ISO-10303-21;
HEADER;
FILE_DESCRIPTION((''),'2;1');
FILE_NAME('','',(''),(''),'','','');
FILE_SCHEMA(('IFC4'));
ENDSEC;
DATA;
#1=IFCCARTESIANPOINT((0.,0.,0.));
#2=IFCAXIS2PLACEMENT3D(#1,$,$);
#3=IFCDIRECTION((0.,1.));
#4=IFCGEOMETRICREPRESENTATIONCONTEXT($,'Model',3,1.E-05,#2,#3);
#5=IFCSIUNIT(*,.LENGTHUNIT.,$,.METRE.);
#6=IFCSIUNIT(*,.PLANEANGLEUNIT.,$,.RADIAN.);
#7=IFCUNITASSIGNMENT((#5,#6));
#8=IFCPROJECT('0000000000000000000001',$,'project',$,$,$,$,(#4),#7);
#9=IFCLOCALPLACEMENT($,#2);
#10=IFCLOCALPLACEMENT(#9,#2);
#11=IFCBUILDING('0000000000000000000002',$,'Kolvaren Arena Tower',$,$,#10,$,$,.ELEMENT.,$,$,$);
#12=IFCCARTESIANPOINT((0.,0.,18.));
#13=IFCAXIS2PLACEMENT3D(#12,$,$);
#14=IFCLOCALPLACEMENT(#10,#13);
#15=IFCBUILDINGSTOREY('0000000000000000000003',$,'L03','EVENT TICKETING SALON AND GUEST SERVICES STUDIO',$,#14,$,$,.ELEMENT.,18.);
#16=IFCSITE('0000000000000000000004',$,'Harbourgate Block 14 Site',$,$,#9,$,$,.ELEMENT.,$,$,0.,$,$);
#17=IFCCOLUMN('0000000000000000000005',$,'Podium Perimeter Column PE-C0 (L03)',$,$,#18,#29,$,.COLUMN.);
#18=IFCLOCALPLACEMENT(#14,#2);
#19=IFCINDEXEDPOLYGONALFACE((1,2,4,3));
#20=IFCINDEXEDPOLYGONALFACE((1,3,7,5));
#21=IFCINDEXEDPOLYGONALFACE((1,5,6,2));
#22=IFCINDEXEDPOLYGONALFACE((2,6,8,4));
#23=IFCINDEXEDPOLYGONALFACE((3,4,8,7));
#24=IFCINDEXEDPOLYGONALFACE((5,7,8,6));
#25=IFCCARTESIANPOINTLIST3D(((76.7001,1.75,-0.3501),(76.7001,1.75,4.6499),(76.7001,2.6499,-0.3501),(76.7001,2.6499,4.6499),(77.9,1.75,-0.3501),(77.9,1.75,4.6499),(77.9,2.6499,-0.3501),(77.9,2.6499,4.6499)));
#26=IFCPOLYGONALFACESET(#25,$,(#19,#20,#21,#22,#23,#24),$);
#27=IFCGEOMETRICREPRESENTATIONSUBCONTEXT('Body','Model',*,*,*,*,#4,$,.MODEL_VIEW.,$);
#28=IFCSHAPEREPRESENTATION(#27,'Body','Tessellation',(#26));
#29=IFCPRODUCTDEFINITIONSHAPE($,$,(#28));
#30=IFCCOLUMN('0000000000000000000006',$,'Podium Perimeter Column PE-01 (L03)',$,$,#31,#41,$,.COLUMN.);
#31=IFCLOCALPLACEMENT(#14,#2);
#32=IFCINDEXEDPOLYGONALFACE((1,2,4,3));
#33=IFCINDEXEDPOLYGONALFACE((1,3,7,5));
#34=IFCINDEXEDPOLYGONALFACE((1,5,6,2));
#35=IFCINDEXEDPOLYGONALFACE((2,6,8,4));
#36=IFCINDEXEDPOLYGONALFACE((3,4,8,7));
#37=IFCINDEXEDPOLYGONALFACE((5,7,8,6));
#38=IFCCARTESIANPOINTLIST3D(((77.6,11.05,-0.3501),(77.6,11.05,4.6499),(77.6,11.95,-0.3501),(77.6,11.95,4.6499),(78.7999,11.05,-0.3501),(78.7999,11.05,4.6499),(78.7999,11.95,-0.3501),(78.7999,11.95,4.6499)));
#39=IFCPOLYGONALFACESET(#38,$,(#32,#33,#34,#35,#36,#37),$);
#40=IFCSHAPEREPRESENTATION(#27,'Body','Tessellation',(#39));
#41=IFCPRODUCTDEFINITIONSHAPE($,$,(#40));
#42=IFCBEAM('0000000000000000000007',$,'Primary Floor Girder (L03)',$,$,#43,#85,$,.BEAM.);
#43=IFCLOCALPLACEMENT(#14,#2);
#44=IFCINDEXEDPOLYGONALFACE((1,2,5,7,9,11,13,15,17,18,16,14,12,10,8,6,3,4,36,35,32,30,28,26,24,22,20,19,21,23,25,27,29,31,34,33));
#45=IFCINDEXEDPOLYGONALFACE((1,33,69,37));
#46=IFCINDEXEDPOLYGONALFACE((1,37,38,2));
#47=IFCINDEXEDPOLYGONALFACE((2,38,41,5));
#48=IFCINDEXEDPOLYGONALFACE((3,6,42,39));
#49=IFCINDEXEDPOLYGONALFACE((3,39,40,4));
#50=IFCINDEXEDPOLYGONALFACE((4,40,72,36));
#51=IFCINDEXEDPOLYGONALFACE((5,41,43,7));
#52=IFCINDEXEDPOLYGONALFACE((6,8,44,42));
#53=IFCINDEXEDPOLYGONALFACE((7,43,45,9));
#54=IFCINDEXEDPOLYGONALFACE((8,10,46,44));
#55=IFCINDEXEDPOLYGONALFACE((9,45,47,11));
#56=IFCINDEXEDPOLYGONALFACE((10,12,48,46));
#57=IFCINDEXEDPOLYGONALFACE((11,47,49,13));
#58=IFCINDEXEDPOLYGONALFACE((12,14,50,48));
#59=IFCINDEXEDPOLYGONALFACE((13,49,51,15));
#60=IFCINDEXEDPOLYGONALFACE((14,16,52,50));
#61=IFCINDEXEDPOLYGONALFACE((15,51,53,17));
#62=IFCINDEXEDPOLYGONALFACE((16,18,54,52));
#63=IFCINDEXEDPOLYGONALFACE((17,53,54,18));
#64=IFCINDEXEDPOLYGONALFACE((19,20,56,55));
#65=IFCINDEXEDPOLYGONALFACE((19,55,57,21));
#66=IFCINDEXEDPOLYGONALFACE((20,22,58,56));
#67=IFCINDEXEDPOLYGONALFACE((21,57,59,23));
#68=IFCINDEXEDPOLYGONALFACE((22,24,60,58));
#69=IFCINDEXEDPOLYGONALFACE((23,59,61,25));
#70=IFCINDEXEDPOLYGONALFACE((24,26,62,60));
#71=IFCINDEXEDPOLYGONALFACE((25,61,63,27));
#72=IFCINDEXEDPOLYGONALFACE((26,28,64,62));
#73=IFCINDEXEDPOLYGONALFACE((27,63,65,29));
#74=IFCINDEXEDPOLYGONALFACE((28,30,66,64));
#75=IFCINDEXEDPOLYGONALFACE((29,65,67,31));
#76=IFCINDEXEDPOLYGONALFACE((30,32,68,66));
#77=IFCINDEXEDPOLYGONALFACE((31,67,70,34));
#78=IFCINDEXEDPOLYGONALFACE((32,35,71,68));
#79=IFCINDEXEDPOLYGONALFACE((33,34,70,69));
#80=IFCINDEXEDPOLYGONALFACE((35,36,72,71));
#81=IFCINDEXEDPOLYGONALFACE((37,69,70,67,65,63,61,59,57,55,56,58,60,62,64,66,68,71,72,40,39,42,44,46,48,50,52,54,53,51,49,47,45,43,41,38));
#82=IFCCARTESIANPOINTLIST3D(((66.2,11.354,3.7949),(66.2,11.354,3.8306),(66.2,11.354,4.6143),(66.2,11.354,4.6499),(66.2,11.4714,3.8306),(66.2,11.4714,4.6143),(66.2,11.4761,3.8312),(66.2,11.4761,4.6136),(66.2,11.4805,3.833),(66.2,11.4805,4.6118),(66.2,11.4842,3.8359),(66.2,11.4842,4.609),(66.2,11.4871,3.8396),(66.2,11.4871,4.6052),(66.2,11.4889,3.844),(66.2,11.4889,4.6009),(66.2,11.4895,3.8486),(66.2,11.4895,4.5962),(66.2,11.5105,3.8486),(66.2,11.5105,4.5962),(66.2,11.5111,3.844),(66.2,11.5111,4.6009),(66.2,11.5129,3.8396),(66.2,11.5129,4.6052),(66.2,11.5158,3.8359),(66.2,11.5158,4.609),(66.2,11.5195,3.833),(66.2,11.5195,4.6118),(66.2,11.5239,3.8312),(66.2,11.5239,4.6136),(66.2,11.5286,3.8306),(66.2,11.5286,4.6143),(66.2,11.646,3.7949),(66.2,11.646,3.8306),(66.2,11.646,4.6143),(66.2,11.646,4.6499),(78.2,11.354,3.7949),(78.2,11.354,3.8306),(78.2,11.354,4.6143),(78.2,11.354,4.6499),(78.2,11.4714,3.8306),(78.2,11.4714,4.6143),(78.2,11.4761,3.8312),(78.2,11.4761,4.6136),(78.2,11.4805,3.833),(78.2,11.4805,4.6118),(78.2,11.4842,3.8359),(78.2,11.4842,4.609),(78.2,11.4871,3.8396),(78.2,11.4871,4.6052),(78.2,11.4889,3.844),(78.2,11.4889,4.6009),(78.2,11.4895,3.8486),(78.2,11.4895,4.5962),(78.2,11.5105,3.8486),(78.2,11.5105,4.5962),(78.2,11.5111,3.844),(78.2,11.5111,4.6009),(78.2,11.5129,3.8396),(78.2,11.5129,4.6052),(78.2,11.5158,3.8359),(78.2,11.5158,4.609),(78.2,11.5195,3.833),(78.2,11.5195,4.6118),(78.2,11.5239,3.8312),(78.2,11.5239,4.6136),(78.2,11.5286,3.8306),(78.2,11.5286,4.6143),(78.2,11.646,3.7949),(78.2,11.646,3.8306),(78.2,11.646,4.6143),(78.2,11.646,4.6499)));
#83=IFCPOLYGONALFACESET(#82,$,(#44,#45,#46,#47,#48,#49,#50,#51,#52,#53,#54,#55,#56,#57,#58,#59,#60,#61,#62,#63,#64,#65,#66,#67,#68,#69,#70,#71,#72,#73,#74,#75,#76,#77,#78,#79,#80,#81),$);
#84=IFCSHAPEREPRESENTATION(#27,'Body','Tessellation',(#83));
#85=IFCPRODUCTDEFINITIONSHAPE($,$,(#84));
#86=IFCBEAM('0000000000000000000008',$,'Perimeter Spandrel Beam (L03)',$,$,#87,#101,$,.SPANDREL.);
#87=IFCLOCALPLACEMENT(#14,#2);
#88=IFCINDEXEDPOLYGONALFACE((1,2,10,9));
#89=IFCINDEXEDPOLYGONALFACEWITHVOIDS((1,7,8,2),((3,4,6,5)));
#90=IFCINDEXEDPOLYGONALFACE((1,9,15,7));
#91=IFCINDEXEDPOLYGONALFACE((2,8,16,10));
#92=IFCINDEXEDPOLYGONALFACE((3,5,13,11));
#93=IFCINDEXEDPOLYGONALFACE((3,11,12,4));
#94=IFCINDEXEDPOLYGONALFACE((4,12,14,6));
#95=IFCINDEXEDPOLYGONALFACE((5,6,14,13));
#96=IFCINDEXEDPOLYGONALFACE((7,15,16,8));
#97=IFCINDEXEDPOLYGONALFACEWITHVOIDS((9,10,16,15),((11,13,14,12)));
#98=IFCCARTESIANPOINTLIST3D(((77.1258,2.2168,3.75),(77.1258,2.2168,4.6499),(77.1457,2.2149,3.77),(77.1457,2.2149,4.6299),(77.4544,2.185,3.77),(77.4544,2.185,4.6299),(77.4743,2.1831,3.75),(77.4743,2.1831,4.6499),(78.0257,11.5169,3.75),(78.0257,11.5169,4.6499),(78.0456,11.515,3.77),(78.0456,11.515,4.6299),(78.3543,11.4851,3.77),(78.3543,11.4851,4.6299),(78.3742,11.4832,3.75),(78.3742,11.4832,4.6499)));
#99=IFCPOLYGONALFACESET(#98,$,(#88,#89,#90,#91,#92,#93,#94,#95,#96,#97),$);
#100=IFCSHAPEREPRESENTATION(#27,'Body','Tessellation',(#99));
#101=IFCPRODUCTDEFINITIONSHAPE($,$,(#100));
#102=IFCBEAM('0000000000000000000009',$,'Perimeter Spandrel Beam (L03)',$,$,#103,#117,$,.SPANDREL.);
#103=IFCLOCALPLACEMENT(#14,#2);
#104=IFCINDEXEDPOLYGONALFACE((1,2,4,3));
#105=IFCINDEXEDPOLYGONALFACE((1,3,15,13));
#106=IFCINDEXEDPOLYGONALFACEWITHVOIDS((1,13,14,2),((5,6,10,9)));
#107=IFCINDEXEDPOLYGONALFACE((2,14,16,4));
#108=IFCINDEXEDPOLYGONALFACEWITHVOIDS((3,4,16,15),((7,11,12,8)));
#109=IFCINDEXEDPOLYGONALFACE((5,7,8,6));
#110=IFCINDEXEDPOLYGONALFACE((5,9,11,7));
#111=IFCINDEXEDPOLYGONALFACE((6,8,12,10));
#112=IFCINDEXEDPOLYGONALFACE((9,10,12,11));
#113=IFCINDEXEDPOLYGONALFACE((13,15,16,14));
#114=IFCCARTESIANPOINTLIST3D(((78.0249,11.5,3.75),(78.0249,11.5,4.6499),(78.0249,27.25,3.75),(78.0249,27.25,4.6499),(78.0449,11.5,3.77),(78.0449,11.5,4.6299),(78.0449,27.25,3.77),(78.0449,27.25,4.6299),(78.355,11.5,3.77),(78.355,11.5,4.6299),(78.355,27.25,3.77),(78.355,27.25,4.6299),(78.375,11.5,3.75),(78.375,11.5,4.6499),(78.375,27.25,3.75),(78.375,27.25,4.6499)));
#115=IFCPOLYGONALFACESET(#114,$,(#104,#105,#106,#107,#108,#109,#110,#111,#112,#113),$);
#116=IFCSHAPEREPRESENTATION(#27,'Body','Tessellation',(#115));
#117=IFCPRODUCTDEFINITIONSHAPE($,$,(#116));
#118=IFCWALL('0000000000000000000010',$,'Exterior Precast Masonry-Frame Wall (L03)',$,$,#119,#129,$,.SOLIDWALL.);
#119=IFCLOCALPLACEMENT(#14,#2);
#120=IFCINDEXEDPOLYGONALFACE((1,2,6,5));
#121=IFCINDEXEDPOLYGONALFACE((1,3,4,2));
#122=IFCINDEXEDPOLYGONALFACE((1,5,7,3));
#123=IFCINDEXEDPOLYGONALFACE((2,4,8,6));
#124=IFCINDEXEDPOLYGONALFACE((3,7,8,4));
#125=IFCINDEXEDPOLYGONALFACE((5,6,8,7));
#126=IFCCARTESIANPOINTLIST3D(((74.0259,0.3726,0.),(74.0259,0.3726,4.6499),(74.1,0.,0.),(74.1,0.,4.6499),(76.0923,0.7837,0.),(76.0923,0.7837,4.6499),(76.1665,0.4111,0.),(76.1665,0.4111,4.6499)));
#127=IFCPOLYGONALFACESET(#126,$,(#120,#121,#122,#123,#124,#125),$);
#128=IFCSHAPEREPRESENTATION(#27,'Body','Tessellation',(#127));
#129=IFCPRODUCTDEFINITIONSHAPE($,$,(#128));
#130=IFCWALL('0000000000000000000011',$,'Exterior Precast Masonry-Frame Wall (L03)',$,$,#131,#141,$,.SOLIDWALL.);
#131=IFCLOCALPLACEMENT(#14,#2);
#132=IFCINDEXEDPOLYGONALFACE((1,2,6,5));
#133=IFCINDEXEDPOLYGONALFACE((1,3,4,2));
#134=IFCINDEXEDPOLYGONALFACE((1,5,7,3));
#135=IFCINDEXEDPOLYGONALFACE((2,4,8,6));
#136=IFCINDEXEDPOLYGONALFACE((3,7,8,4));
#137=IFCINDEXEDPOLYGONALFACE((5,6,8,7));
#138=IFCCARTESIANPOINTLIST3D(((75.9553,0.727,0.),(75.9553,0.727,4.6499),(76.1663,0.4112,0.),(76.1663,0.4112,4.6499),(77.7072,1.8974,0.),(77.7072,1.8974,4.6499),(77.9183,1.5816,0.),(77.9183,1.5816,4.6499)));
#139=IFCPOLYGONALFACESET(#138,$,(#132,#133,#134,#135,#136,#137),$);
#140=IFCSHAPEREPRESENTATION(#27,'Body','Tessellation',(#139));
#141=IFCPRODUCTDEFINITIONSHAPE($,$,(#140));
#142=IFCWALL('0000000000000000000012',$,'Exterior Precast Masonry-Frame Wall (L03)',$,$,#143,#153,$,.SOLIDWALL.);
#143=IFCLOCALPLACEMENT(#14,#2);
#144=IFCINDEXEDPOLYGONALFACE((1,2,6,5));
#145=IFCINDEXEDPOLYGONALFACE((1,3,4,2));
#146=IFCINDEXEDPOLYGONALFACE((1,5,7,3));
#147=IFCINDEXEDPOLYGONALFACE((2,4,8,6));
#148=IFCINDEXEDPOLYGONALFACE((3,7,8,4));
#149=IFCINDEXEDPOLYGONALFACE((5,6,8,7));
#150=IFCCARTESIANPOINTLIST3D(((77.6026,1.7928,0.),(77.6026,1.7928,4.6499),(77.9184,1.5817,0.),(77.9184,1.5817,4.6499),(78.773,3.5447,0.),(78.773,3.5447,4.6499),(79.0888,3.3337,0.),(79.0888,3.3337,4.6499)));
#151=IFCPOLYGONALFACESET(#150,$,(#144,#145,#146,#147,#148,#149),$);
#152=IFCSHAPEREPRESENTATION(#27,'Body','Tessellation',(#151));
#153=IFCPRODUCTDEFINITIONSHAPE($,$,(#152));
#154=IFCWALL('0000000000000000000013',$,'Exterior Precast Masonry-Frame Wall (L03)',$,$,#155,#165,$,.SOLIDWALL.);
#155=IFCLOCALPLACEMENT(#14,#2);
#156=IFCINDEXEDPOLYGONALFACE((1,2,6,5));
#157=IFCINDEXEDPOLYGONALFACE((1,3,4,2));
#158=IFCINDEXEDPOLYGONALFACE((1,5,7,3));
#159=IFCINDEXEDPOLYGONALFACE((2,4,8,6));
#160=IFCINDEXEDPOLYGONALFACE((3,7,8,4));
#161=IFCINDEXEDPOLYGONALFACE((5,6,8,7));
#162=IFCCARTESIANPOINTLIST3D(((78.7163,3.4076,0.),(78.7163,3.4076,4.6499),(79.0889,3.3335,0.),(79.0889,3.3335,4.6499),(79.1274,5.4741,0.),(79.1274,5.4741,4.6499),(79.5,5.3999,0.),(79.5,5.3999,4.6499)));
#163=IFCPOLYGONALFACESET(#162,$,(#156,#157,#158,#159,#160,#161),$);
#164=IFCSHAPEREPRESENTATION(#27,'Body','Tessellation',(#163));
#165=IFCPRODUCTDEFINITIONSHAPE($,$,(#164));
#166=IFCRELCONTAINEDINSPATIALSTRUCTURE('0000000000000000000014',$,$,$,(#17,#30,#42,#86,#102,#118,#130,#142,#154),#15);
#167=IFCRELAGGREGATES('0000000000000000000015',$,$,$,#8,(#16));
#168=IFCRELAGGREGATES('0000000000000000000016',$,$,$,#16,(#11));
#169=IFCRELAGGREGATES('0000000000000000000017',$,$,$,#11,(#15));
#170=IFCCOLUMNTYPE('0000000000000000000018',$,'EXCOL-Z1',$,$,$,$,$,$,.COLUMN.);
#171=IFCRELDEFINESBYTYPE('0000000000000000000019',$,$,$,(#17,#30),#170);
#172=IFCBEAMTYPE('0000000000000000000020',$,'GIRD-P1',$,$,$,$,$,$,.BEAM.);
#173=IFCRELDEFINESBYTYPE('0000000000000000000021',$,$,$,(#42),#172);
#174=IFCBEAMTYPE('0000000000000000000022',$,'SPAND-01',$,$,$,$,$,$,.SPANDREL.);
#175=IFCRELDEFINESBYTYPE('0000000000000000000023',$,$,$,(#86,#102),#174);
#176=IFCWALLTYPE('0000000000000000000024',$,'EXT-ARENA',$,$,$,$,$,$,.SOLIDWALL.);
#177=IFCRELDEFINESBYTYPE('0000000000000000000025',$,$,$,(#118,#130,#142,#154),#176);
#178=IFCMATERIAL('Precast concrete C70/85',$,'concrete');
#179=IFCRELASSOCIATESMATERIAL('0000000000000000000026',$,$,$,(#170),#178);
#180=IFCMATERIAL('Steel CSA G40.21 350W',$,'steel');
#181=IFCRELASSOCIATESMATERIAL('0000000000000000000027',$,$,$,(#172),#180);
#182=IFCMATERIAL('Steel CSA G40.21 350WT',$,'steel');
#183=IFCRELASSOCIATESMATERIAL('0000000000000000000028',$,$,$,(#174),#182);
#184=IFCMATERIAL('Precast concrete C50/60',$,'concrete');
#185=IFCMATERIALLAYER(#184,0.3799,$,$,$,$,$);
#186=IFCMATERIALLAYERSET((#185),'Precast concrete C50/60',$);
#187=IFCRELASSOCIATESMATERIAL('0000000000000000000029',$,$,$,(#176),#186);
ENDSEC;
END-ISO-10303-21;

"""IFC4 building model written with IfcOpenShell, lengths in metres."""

from ifc_helpers import new_model, si_unit, direction, frame, frame_2d, origin, origin_2d, place, context, subcontext, project, spatial, rectangle, hollow_rectangle, i_section, extrude, material, layer, layer_set, material_profile, profile_set, type_object, element, save


model = new_model("IFC4")

# Units and contexts
model_context = context("Model", 3, precision=1e-05, world=origin(), true_north=direction((0.0, 1.0)))
body_context = subcontext(model_context, "Body", "Model", "MODEL_VIEW")
ifc_project = project(units=[si_unit("LENGTHUNIT", "METRE"), si_unit("PLANEANGLEUNIT", "RADIAN")], contexts=[model_context])

# Site, building, storey
site_placement = place(None, origin())
site = spatial("IfcSite", under=ifc_project, at=site_placement, Name="Harbourgate Block 14 Site", CompositionType="ELEMENT", RefElevation=0.0)
building_placement = place(site_placement, origin())
building = spatial("IfcBuilding", under=site, at=building_placement, Name="Kolvaren Arena Tower", CompositionType="ELEMENT")
storey_placement = place(building_placement, frame((0.0, 0.0, 18.0)))
storey = spatial("IfcBuildingStorey", under=building, at=storey_placement, Name="L03", Description="EVENT TICKETING SALON AND GUEST SERVICES STUDIO", CompositionType="ELEMENT", Elevation=18.0)

# Columns
ifc_material_1 = material(Name="Precast concrete C70/85", Category="concrete")
ifc_material_profile_1 = material_profile(ifc_material_1, rectangle(XDim=1.2, YDim=0.8999, at=origin_2d()), Name="RC-1200x900")
ifc_profile_set_1 = profile_set([ifc_material_profile_1], Name="Precast concrete C70/85")
column_type = type_object("IfcColumnType", Name="EXCOL-Z1", PredefinedType="COLUMN", material=ifc_profile_set_1)
for number, where, z_axis, x_axis, name in (
    (1, (77.3, 2.2, -0.3501), (0.0, 0.0, 1.0), (1.0, 0.0, 0.0), "Podium Perimeter Column PE-C0 (L03)"),
    (2, (78.2, 11.5, -0.3501), (0.0, 0.0, 1.0), (1.0, 0.0, 0.0), "Podium Perimeter Column PE-01 (L03)"),
):
    element("IfcColumn", number, at=place(storey_placement, frame(where, z_axis=z_axis, x_axis=x_axis)), inside=storey, type_object=column_type, Name=name, PredefinedType="COLUMN", context=body_context, shape_type="SweptSolid", body=[
        extrude(rectangle(XDim=1.2, YDim=0.8999, at=origin_2d()), origin(), (0.0, 0.0, 1.0), 5.0),
    ])

# Beams
ifc_material_2 = material(Name="Steel CSA G40.21 350W", Category="steel")
ifc_material_profile_2 = material_profile(ifc_material_2, i_section(OverallWidth=0.292, OverallDepth=0.855, WebThickness=0.021, FlangeThickness=0.0356, FilletRadius=0.0181, at=origin_2d()), Name="W840x299")
ifc_profile_set_2 = profile_set([ifc_material_profile_2], Name="Steel CSA G40.21 350W")
beam_type_1 = type_object("IfcBeamType", Name="GIRD-P1", PredefinedType="BEAM", material=ifc_profile_set_2)
beam_1_placement = place(storey_placement, frame((66.2, 11.5, 4.2224), z_axis=(1.0, 0.0, 0.0), x_axis=(0.0, 1.0, 0.0)))
element("IfcBeam", 3, at=beam_1_placement, inside=storey, type_object=beam_type_1, Name="Primary Floor Girder (L03)", PredefinedType="BEAM", context=body_context, shape_type="SweptSolid", body=[
    extrude(i_section(OverallWidth=0.292, OverallDepth=0.855, WebThickness=0.021, FlangeThickness=0.0356, FilletRadius=0.0181, at=origin_2d()), origin(), (0.0, 0.0, 1.0), 12.0),
])
ifc_material_3 = material(Name="Steel CSA G40.21 350WT", Category="steel")
ifc_material_profile_3 = material_profile(ifc_material_3, hollow_rectangle(XDim=0.3501, YDim=0.8999, WallThickness=0.02, at=origin_2d()), Name="HSS 900x350x20")
ifc_profile_set_3 = profile_set([ifc_material_profile_3], Name="Steel CSA G40.21 350WT")
beam_type_2 = type_object("IfcBeamType", Name="SPAND-01", PredefinedType="SPANDREL", material=ifc_profile_set_3)
beam_2_placement = place(storey_placement, frame((77.3, 2.2, 4.2), z_axis=(0.096313, 0.995351, 0.0), x_axis=(-0.995351, 0.096313, 0.0)))
element("IfcBeam", 4, at=beam_2_placement, inside=storey, type_object=beam_type_2, Name="Perimeter Spandrel Beam (L03)", PredefinedType="SPANDREL", context=body_context, shape_type="SweptSolid", body=[
    extrude(hollow_rectangle(XDim=0.3501, YDim=0.8999, WallThickness=0.02, at=origin_2d()), origin(), (0.0, 0.0, 1.0), 9.3435),
])
beam_3_placement = place(storey_placement, frame((78.2, 11.5, 4.2), z_axis=(0.0, 1.0, 0.0), x_axis=(-1.0, 0.0, 0.0)))
element("IfcBeam", 5, at=beam_3_placement, inside=storey, type_object=beam_type_2, Name="Perimeter Spandrel Beam (L03)", PredefinedType="SPANDREL", context=body_context, shape_type="SweptSolid", body=[
    extrude(hollow_rectangle(XDim=0.3501, YDim=0.8999, WallThickness=0.02, at=origin_2d()), origin(), (0.0, 0.0, 1.0), 15.75),
])

# Walls
ifc_material_4 = material(Name="Precast concrete C50/60", Category="concrete")
ifc_layer_1 = layer(ifc_material_4, 0.3799)
ifc_layer_set_1 = layer_set([ifc_layer_1], Name="Precast concrete C50/60")
wall_type_1 = type_object("IfcWallType", Name="EXT-ARENA", PredefinedType="SOLIDWALL", material=ifc_layer_set_1)
for number, where, z_axis, x_axis, name in (
    (6, (76.1294, 0.5974, 0.0), (0.0, 0.0, 1.0), (-0.980776, -0.195136, 0.0), "Exterior Precast Masonry-Frame Wall (L03)"),
    (7, (77.8127, 1.7395, 0.0), (0.0, 0.0, 1.0), (-0.831515, -0.555502, 0.0), "Exterior Precast Masonry-Frame Wall (L03)"),
    (8, (78.9309, 3.4392, 0.0), (0.0, 0.0, 1.0), (-0.555502, -0.831515, 0.0), "Exterior Precast Masonry-Frame Wall (L03)"),
    (9, (79.3137, 5.437, 0.0), (0.0, 0.0, 1.0), (-0.195136, -0.980776, 0.0), "Exterior Precast Masonry-Frame Wall (L03)"),
):
    element("IfcWall", number, at=place(storey_placement, frame(where, z_axis=z_axis, x_axis=x_axis)), inside=storey, type_object=wall_type_1, Name=name, PredefinedType="SOLIDWALL", context=body_context, shape_type="SweptSolid", body=[
        extrude(rectangle(XDim=2.1069, YDim=0.3799, at=frame_2d((1.0535, 0.0))), origin(), (0.0, 0.0, 1.0), 4.6499),
    ])

save(model, "model.ifc")
